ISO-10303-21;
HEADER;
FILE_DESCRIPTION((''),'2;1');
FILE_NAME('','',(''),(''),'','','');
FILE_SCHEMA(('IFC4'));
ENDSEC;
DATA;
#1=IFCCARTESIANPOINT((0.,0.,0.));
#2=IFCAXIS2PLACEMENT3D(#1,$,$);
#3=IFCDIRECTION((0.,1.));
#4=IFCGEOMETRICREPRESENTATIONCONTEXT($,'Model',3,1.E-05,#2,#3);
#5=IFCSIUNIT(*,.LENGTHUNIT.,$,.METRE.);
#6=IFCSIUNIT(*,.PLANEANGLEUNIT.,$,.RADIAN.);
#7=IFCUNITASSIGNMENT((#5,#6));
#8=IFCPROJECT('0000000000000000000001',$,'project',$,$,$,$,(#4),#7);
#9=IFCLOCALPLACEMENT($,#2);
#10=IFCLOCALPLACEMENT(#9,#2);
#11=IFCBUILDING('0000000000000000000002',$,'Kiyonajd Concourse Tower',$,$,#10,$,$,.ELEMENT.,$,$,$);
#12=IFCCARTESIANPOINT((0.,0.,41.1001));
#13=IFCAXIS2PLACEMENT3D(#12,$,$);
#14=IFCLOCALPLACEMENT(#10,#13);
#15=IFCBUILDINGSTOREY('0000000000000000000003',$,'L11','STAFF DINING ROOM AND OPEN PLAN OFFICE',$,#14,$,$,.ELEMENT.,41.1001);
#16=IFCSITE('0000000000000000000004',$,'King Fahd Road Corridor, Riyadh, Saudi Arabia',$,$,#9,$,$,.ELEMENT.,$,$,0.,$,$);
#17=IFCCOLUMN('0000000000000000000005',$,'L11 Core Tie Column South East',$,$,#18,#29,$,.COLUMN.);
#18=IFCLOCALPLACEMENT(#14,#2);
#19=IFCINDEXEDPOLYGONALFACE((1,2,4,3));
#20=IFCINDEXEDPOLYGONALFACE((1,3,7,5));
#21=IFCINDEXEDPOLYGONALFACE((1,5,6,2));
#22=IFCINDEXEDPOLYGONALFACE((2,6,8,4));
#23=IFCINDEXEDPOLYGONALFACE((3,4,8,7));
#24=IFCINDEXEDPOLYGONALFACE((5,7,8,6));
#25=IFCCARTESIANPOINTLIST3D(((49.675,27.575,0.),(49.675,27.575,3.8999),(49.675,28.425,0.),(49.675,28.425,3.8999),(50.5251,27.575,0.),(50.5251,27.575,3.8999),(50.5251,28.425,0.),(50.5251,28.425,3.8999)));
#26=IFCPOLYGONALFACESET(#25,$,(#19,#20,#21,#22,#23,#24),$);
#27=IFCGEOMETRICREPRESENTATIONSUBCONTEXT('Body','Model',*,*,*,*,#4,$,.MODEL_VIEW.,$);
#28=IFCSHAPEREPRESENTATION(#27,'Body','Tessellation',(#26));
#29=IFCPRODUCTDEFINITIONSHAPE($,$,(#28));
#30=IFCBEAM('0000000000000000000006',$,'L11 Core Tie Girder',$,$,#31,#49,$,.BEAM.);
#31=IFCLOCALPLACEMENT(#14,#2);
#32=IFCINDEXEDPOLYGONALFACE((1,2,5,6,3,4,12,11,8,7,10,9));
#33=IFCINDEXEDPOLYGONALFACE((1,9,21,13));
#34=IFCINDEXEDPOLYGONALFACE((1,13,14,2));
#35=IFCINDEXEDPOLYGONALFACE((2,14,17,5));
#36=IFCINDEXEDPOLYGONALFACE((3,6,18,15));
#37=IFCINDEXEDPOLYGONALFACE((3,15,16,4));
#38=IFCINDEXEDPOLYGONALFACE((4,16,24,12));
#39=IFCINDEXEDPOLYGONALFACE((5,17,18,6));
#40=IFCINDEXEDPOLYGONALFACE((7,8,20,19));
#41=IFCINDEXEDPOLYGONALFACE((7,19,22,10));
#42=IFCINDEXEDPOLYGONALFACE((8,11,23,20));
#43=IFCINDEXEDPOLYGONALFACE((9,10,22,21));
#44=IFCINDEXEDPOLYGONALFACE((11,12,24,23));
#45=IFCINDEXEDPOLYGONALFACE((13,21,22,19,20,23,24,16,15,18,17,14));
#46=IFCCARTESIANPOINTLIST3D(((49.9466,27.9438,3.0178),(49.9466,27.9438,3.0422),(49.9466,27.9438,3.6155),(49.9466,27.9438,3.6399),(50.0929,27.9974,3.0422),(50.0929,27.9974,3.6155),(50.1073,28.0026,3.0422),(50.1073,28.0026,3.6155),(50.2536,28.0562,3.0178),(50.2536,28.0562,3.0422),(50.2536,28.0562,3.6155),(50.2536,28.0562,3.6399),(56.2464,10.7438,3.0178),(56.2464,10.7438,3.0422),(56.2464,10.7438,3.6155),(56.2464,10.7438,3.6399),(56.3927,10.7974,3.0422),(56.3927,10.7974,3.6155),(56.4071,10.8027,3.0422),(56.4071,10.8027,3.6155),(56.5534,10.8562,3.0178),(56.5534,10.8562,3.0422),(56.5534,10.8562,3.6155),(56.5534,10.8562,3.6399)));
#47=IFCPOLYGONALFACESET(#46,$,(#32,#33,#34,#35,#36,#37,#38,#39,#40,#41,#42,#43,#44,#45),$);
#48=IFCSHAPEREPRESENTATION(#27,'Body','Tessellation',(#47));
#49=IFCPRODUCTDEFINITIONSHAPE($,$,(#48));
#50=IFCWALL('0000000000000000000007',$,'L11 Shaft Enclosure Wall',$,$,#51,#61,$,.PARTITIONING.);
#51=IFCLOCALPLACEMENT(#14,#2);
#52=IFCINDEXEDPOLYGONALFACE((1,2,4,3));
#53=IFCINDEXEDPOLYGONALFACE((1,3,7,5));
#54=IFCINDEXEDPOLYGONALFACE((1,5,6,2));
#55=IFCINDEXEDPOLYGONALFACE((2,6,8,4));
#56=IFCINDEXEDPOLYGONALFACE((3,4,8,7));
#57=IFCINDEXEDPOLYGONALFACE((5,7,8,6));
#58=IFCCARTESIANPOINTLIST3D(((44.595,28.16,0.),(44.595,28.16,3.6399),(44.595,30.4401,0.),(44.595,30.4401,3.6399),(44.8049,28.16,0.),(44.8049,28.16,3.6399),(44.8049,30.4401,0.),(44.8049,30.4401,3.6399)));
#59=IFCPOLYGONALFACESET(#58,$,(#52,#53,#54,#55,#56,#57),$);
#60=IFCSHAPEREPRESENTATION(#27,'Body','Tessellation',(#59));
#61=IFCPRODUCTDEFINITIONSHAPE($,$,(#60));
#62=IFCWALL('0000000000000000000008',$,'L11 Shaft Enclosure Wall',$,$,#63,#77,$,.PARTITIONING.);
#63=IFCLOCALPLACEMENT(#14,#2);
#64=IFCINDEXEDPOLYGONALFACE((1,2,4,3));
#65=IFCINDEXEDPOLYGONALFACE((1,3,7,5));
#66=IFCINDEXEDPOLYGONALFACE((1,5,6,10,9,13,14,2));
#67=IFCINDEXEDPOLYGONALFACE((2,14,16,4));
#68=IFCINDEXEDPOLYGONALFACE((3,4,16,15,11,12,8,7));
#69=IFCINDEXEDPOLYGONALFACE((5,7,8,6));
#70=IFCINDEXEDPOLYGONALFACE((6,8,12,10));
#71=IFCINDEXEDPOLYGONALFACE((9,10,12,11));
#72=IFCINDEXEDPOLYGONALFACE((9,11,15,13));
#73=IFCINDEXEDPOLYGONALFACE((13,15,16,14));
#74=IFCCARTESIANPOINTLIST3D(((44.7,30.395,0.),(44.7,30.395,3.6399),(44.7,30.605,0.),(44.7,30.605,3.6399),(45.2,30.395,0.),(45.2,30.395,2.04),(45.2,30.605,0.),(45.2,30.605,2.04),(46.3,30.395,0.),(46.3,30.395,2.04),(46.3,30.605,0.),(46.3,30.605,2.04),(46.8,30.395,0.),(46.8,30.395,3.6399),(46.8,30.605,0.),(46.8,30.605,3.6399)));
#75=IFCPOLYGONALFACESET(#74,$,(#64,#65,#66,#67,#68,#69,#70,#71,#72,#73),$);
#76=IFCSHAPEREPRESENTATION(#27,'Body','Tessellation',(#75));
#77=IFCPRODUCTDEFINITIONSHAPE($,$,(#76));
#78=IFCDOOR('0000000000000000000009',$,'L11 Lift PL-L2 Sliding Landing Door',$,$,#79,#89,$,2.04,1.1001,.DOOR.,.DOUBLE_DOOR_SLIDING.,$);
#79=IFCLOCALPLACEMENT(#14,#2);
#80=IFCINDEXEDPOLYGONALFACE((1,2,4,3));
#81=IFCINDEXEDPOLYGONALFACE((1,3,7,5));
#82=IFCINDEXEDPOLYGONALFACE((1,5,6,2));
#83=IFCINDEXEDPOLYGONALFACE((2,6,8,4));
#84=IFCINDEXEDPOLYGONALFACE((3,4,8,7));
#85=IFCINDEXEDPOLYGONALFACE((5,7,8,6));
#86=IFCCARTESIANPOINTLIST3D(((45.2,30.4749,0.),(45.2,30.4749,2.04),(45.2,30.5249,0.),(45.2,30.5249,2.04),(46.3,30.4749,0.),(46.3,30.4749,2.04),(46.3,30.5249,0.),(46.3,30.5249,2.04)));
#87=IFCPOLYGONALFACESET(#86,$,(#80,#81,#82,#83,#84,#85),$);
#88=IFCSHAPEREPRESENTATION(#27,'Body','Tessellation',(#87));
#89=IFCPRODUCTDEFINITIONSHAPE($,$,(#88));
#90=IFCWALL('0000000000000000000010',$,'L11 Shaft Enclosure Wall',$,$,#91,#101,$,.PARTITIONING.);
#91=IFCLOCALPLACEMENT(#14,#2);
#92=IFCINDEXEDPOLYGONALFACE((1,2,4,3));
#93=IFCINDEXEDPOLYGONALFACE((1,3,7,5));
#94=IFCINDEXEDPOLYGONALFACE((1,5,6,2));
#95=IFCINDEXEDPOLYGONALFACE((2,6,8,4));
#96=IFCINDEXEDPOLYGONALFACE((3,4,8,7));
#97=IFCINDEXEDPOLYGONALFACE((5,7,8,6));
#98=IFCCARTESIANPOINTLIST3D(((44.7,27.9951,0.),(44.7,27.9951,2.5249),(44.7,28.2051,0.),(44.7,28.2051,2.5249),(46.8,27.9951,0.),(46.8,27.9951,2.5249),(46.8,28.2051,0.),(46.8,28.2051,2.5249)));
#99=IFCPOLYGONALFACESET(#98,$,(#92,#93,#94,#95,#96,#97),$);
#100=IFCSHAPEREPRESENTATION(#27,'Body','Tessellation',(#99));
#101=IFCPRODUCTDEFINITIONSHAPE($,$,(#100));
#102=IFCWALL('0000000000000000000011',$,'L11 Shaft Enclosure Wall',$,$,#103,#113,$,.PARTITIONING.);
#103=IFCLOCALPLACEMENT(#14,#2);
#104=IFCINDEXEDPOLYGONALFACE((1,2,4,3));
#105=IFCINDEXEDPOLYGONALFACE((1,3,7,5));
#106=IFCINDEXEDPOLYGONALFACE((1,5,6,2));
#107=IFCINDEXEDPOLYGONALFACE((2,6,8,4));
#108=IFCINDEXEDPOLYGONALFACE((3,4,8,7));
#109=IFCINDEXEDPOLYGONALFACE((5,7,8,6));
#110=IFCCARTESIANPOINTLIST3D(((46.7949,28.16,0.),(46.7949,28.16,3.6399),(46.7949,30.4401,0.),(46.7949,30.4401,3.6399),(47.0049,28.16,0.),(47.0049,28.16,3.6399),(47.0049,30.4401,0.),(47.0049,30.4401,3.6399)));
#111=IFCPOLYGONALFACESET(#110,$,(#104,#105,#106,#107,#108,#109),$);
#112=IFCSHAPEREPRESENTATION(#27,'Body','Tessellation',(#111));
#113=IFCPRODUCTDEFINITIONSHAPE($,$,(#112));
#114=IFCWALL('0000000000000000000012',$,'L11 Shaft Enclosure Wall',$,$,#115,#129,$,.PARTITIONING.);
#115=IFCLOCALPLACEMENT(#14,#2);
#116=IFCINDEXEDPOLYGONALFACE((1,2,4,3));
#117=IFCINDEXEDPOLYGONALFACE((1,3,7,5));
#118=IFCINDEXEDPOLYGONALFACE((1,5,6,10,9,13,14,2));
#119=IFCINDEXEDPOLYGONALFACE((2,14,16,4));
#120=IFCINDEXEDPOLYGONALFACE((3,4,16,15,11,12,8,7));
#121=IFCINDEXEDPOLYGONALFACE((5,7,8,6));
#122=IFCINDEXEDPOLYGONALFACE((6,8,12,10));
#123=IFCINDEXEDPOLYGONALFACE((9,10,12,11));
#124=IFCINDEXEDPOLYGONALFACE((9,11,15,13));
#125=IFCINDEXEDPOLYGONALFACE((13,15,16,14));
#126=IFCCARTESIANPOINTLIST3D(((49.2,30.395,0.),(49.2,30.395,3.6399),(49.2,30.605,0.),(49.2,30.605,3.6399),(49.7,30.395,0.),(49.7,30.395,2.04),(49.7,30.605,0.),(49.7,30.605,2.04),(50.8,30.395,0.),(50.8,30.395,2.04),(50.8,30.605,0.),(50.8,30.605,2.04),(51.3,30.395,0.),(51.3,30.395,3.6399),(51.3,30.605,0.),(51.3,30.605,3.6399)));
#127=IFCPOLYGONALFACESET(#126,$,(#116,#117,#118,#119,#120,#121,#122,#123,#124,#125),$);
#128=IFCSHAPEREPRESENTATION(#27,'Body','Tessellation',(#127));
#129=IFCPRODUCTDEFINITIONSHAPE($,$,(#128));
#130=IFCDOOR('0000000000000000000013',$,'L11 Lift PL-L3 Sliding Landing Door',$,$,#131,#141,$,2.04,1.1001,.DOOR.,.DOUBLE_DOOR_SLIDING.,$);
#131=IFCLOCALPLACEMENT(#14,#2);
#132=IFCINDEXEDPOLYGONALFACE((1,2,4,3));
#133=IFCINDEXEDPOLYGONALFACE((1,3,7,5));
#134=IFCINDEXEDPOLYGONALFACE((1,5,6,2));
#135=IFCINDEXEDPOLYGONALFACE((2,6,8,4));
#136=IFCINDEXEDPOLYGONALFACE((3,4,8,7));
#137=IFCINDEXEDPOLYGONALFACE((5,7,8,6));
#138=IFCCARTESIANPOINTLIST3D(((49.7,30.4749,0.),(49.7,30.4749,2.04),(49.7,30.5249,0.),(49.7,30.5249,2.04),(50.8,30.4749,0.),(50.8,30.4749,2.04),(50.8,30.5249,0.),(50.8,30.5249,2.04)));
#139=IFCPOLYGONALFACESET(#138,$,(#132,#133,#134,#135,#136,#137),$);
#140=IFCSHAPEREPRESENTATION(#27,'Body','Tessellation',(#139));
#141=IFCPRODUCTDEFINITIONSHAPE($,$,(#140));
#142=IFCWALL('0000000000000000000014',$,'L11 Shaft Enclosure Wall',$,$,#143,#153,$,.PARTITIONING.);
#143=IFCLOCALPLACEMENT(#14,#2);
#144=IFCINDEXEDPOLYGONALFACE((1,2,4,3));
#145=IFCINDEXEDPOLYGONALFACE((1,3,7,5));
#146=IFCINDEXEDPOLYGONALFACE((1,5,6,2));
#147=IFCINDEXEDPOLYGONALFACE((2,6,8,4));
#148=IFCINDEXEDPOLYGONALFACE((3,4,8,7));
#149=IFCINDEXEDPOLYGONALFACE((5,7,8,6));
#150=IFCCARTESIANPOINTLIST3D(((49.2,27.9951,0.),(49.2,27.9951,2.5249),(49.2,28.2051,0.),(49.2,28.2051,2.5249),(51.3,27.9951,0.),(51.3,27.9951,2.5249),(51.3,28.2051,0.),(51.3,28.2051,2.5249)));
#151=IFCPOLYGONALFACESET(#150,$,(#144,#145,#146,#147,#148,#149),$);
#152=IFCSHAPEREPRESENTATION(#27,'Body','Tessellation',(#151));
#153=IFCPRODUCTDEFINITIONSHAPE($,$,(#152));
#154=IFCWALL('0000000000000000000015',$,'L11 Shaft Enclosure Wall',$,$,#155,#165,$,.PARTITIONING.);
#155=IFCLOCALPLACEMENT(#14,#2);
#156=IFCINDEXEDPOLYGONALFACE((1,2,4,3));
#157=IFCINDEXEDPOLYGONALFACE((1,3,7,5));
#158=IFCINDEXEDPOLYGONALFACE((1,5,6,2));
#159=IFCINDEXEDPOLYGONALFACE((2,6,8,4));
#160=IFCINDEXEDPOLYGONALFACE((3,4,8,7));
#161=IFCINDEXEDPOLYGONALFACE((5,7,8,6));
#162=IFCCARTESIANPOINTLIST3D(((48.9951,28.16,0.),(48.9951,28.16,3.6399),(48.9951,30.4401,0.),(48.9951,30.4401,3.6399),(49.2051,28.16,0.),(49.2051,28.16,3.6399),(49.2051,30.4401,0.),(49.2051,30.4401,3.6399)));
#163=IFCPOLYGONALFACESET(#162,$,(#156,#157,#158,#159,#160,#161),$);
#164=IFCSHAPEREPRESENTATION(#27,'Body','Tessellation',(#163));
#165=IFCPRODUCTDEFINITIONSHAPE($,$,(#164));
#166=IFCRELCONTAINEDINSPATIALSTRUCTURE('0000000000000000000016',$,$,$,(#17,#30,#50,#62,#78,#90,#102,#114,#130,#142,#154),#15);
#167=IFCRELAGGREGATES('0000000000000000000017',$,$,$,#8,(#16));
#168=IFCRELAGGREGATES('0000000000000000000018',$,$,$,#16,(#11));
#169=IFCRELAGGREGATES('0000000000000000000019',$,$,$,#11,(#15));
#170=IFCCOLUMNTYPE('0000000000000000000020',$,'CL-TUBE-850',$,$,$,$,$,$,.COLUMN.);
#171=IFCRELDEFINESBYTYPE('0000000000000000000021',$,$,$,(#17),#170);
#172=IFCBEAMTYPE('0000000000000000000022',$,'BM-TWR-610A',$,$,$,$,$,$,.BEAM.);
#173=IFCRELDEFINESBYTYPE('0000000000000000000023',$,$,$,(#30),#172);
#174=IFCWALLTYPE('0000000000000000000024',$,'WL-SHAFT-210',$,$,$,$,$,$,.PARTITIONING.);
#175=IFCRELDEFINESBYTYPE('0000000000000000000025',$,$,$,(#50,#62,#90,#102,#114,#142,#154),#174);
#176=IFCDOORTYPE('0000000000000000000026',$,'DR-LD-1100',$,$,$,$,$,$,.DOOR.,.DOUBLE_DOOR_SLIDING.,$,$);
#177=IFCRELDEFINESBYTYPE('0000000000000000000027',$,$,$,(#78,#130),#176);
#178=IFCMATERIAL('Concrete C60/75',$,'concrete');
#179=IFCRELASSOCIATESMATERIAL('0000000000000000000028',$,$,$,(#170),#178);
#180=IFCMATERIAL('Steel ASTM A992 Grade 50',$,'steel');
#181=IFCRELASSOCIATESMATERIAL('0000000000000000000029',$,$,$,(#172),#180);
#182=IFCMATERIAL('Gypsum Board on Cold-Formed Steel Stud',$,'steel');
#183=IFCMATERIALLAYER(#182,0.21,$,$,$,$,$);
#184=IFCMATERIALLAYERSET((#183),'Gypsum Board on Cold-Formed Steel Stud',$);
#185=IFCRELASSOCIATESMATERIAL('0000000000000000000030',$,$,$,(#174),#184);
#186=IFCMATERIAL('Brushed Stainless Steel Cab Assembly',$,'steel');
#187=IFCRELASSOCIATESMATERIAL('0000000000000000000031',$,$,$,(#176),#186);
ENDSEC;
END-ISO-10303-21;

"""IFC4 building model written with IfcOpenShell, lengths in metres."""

from ifc_helpers import new_model, si_unit, direction, frame, frame_2d, origin, origin_2d, place, context, subcontext, project, spatial, rectangle, i_section, extrude, material, layer, layer_set, material_profile, profile_set, type_object, element, fill, save


model = new_model("IFC4")

# Units and contexts
model_context = context("Model", 3, precision=1e-05, world=origin(), true_north=direction((0.0, 1.0)))
body_context = subcontext(model_context, "Body", "Model", "MODEL_VIEW")
ifc_project = project(units=[si_unit("LENGTHUNIT", "METRE"), si_unit("PLANEANGLEUNIT", "RADIAN")], contexts=[model_context])

# Site, building, storey
site_placement = place(None, origin())
site = spatial("IfcSite", under=ifc_project, at=site_placement, Name="King Fahd Road Corridor, Riyadh, Saudi Arabia", CompositionType="ELEMENT", RefElevation=0.0)
building_placement = place(site_placement, origin())
building = spatial("IfcBuilding", under=site, at=building_placement, Name="Kiyonajd Concourse Tower", CompositionType="ELEMENT")
storey_placement = place(building_placement, frame((0.0, 0.0, 41.1001)))
storey = spatial("IfcBuildingStorey", under=building, at=storey_placement, Name="L11", Description="STAFF DINING ROOM AND OPEN PLAN OFFICE", CompositionType="ELEMENT", Elevation=41.1001)

# Column
ifc_material_1 = material(Name="Concrete C60/75", Category="concrete")
ifc_material_profile_1 = material_profile(ifc_material_1, rectangle(XDim=0.8501, YDim=0.8501, at=origin_2d()), Name="RC-850x850")
ifc_profile_set_1 = profile_set([ifc_material_profile_1], Name="Concrete C60/75")
column_type = type_object("IfcColumnType", Name="CL-TUBE-850", PredefinedType="COLUMN", material=ifc_profile_set_1)
column_placement = place(storey_placement, frame((50.1001, 28.0, 0.0), z_axis=(0.0, 0.0, 1.0), x_axis=(1.0, 0.0, 0.0)))
element("IfcColumn", 1, at=column_placement, inside=storey, type_object=column_type, Name="L11 Core Tie Column South East", PredefinedType="COLUMN", context=body_context, shape_type="SweptSolid", body=[
    extrude(rectangle(XDim=0.8501, YDim=0.8501, at=origin_2d()), origin(), (0.0, 0.0, 1.0), 3.8999),
])

# Beam
ifc_material_2 = material(Name="Steel ASTM A992 Grade 50", Category="steel")
ifc_material_profile_2 = material_profile(ifc_material_2, i_section(OverallWidth=0.3269, OverallDepth=0.6221, WebThickness=0.0154, FlangeThickness=0.0244, at=origin_2d()), Name="W610X195")
ifc_profile_set_2 = profile_set([ifc_material_profile_2], Name="Steel ASTM A992 Grade 50")
beam_type = type_object("IfcBeamType", Name="BM-TWR-610A", PredefinedType="BEAM", material=ifc_profile_set_2)
beam_placement = place(storey_placement, frame((50.1001, 28.0, 3.3289), z_axis=(0.343925, -0.938997, 0.0), x_axis=(0.938997, 0.343925, 0.0)))
element("IfcBeam", 2, at=beam_placement, inside=storey, type_object=beam_type, Name="L11 Core Tie Girder", PredefinedType="BEAM", context=body_context, shape_type="SweptSolid", body=[
    extrude(i_section(OverallWidth=0.3269, OverallDepth=0.6221, WebThickness=0.0154, FlangeThickness=0.0244, at=origin_2d()), origin(), (0.0, 0.0, 1.0), 18.3174),
])

# Wall
ifc_material_3 = material(Name="Gypsum Board on Cold-Formed Steel Stud", Category="steel")
ifc_layer_1 = layer(ifc_material_3, 0.21)
ifc_layer_set_1 = layer_set([ifc_layer_1], Name="Gypsum Board on Cold-Formed Steel Stud")
wall_type_1 = type_object("IfcWallType", Name="WL-SHAFT-210", PredefinedType="PARTITIONING", material=ifc_layer_set_1)
wall_1_placement = place(storey_placement, frame((44.7, 28.1599, 0.0), z_axis=(0.0, 0.0, 1.0), x_axis=(0.0, 1.0, 0.0)))
element("IfcWall", 3, at=wall_1_placement, inside=storey, type_object=wall_type_1, Name="L11 Shaft Enclosure Wall", PredefinedType="PARTITIONING", context=body_context, shape_type="SweptSolid", body=[
    extrude(rectangle(XDim=2.28, YDim=0.21, at=frame_2d((1.1401, 0.0))), origin(), (0.0, 0.0, 1.0), 3.6399),
])

# Wall, opening, door
wall_2_placement = place(storey_placement, frame((44.7, 30.5, 0.0), z_axis=(0.0, 0.0, 1.0), x_axis=(1.0, 0.0, 0.0)))
wall_2 = element("IfcWall", 4, at=wall_2_placement, inside=storey, type_object=wall_type_1, Name="L11 Shaft Enclosure Wall", PredefinedType="PARTITIONING", context=body_context, shape_type="SweptSolid", body=[
    extrude(rectangle(XDim=2.1001, YDim=0.21, at=frame_2d((1.05, 0.0))), origin(), (0.0, 0.0, 1.0), 3.6399),
])
opening_1_placement = place(wall_2_placement, frame((0.5, 0.0, 0.0)))
opening_1 = element("IfcOpeningElement", 5, at=opening_1_placement, cuts=wall_2, PredefinedType="OPENING", context=body_context, shape_type="SweptSolid", body=[
    extrude(rectangle(XDim=1.1001, YDim=2.04, at=frame_2d((0.55, 1.02))), frame((0.0, 0.115, 0.0), z_axis=(0.0, -1.0, 0.0), x_axis=(1.0, 0.0, 0.0)), (0.0, 0.0, 1.0), 0.23),
])
ifc_material_4 = material(Name="Brushed Stainless Steel Cab Assembly", Category="steel")
door_type_1 = type_object("IfcDoorType", Name="DR-LD-1100", OperationType="DOUBLE_DOOR_SLIDING", PredefinedType="DOOR", material=ifc_material_4)
door_1_placement = place(opening_1_placement, origin())
door_1 = element("IfcDoor", 6, at=door_1_placement, inside=storey, type_object=door_type_1, Name="L11 Lift PL-L2 Sliding Landing Door", OperationType="DOUBLE_DOOR_SLIDING", OverallHeight=2.04, OverallWidth=1.1001, PredefinedType="DOOR", context=body_context, shape_type="SweptSolid", body=[
    extrude(rectangle(XDim=1.1001, YDim=2.04, at=frame_2d((0.55, 1.02))), frame((0.0, 0.0249, 0.0), z_axis=(0.0, -1.0, 0.0), x_axis=(1.0, 0.0, 0.0)), (0.0, 0.0, 1.0), 0.05),
])
fill(opening_1, door_1)

# Walls
wall_3_placement = place(storey_placement, frame((44.7, 28.1001, 0.0), z_axis=(0.0, 0.0, 1.0), x_axis=(1.0, 0.0, 0.0)))
element("IfcWall", 7, at=wall_3_placement, inside=storey, type_object=wall_type_1, Name="L11 Shaft Enclosure Wall", PredefinedType="PARTITIONING", context=body_context, shape_type="SweptSolid", body=[
    extrude(rectangle(XDim=2.1001, YDim=0.21, at=frame_2d((1.05, 0.0))), origin(), (0.0, 0.0, 1.0), 2.5249),
])
wall_4_placement = place(storey_placement, frame((46.8999, 28.1599, 0.0), z_axis=(0.0, 0.0, 1.0), x_axis=(0.0, 1.0, 0.0)))
element("IfcWall", 8, at=wall_4_placement, inside=storey, type_object=wall_type_1, Name="L11 Shaft Enclosure Wall", PredefinedType="PARTITIONING", context=body_context, shape_type="SweptSolid", body=[
    extrude(rectangle(XDim=2.28, YDim=0.21, at=frame_2d((1.1401, 0.0))), origin(), (0.0, 0.0, 1.0), 3.6399),
])

# Wall, opening, door
wall_5_placement = place(storey_placement, frame((49.2, 30.5, 0.0), z_axis=(0.0, 0.0, 1.0), x_axis=(1.0, 0.0, 0.0)))
wall_5 = element("IfcWall", 9, at=wall_5_placement, inside=storey, type_object=wall_type_1, Name="L11 Shaft Enclosure Wall", PredefinedType="PARTITIONING", context=body_context, shape_type="SweptSolid", body=[
    extrude(rectangle(XDim=2.1001, YDim=0.21, at=frame_2d((1.05, 0.0))), origin(), (0.0, 0.0, 1.0), 3.6399),
])
opening_2_placement = place(wall_5_placement, frame((0.5, 0.0, 0.0)))
opening_2 = element("IfcOpeningElement", 10, at=opening_2_placement, cuts=wall_5, PredefinedType="OPENING", context=body_context, shape_type="SweptSolid", body=[
    extrude(rectangle(XDim=1.1001, YDim=2.04, at=frame_2d((0.55, 1.02))), frame((0.0, 0.115, 0.0), z_axis=(0.0, -1.0, 0.0), x_axis=(1.0, 0.0, 0.0)), (0.0, 0.0, 1.0), 0.23),
])
door_2_placement = place(opening_2_placement, origin())
door_2 = element("IfcDoor", 11, at=door_2_placement, inside=storey, type_object=door_type_1, Name="L11 Lift PL-L3 Sliding Landing Door", OperationType="DOUBLE_DOOR_SLIDING", OverallHeight=2.04, OverallWidth=1.1001, PredefinedType="DOOR", context=body_context, shape_type="SweptSolid", body=[
    extrude(rectangle(XDim=1.1001, YDim=2.04, at=frame_2d((0.55, 1.02))), frame((0.0, 0.0249, 0.0), z_axis=(0.0, -1.0, 0.0), x_axis=(1.0, 0.0, 0.0)), (0.0, 0.0, 1.0), 0.05),
])
fill(opening_2, door_2)

# Walls
wall_6_placement = place(storey_placement, frame((49.2, 28.1001, 0.0), z_axis=(0.0, 0.0, 1.0), x_axis=(1.0, 0.0, 0.0)))
element("IfcWall", 12, at=wall_6_placement, inside=storey, type_object=wall_type_1, Name="L11 Shaft Enclosure Wall", PredefinedType="PARTITIONING", context=body_context, shape_type="SweptSolid", body=[
    extrude(rectangle(XDim=2.1001, YDim=0.21, at=frame_2d((1.05, 0.0))), origin(), (0.0, 0.0, 1.0), 2.5249),
])
wall_7_placement = place(storey_placement, frame((49.1001, 28.1599, 0.0), z_axis=(0.0, 0.0, 1.0), x_axis=(0.0, 1.0, 0.0)))
element("IfcWall", 13, at=wall_7_placement, inside=storey, type_object=wall_type_1, Name="L11 Shaft Enclosure Wall", PredefinedType="PARTITIONING", context=body_context, shape_type="SweptSolid", body=[
    extrude(rectangle(XDim=2.28, YDim=0.21, at=frame_2d((1.1401, 0.0))), origin(), (0.0, 0.0, 1.0), 3.6399),
])

save(model, "model.ifc")
